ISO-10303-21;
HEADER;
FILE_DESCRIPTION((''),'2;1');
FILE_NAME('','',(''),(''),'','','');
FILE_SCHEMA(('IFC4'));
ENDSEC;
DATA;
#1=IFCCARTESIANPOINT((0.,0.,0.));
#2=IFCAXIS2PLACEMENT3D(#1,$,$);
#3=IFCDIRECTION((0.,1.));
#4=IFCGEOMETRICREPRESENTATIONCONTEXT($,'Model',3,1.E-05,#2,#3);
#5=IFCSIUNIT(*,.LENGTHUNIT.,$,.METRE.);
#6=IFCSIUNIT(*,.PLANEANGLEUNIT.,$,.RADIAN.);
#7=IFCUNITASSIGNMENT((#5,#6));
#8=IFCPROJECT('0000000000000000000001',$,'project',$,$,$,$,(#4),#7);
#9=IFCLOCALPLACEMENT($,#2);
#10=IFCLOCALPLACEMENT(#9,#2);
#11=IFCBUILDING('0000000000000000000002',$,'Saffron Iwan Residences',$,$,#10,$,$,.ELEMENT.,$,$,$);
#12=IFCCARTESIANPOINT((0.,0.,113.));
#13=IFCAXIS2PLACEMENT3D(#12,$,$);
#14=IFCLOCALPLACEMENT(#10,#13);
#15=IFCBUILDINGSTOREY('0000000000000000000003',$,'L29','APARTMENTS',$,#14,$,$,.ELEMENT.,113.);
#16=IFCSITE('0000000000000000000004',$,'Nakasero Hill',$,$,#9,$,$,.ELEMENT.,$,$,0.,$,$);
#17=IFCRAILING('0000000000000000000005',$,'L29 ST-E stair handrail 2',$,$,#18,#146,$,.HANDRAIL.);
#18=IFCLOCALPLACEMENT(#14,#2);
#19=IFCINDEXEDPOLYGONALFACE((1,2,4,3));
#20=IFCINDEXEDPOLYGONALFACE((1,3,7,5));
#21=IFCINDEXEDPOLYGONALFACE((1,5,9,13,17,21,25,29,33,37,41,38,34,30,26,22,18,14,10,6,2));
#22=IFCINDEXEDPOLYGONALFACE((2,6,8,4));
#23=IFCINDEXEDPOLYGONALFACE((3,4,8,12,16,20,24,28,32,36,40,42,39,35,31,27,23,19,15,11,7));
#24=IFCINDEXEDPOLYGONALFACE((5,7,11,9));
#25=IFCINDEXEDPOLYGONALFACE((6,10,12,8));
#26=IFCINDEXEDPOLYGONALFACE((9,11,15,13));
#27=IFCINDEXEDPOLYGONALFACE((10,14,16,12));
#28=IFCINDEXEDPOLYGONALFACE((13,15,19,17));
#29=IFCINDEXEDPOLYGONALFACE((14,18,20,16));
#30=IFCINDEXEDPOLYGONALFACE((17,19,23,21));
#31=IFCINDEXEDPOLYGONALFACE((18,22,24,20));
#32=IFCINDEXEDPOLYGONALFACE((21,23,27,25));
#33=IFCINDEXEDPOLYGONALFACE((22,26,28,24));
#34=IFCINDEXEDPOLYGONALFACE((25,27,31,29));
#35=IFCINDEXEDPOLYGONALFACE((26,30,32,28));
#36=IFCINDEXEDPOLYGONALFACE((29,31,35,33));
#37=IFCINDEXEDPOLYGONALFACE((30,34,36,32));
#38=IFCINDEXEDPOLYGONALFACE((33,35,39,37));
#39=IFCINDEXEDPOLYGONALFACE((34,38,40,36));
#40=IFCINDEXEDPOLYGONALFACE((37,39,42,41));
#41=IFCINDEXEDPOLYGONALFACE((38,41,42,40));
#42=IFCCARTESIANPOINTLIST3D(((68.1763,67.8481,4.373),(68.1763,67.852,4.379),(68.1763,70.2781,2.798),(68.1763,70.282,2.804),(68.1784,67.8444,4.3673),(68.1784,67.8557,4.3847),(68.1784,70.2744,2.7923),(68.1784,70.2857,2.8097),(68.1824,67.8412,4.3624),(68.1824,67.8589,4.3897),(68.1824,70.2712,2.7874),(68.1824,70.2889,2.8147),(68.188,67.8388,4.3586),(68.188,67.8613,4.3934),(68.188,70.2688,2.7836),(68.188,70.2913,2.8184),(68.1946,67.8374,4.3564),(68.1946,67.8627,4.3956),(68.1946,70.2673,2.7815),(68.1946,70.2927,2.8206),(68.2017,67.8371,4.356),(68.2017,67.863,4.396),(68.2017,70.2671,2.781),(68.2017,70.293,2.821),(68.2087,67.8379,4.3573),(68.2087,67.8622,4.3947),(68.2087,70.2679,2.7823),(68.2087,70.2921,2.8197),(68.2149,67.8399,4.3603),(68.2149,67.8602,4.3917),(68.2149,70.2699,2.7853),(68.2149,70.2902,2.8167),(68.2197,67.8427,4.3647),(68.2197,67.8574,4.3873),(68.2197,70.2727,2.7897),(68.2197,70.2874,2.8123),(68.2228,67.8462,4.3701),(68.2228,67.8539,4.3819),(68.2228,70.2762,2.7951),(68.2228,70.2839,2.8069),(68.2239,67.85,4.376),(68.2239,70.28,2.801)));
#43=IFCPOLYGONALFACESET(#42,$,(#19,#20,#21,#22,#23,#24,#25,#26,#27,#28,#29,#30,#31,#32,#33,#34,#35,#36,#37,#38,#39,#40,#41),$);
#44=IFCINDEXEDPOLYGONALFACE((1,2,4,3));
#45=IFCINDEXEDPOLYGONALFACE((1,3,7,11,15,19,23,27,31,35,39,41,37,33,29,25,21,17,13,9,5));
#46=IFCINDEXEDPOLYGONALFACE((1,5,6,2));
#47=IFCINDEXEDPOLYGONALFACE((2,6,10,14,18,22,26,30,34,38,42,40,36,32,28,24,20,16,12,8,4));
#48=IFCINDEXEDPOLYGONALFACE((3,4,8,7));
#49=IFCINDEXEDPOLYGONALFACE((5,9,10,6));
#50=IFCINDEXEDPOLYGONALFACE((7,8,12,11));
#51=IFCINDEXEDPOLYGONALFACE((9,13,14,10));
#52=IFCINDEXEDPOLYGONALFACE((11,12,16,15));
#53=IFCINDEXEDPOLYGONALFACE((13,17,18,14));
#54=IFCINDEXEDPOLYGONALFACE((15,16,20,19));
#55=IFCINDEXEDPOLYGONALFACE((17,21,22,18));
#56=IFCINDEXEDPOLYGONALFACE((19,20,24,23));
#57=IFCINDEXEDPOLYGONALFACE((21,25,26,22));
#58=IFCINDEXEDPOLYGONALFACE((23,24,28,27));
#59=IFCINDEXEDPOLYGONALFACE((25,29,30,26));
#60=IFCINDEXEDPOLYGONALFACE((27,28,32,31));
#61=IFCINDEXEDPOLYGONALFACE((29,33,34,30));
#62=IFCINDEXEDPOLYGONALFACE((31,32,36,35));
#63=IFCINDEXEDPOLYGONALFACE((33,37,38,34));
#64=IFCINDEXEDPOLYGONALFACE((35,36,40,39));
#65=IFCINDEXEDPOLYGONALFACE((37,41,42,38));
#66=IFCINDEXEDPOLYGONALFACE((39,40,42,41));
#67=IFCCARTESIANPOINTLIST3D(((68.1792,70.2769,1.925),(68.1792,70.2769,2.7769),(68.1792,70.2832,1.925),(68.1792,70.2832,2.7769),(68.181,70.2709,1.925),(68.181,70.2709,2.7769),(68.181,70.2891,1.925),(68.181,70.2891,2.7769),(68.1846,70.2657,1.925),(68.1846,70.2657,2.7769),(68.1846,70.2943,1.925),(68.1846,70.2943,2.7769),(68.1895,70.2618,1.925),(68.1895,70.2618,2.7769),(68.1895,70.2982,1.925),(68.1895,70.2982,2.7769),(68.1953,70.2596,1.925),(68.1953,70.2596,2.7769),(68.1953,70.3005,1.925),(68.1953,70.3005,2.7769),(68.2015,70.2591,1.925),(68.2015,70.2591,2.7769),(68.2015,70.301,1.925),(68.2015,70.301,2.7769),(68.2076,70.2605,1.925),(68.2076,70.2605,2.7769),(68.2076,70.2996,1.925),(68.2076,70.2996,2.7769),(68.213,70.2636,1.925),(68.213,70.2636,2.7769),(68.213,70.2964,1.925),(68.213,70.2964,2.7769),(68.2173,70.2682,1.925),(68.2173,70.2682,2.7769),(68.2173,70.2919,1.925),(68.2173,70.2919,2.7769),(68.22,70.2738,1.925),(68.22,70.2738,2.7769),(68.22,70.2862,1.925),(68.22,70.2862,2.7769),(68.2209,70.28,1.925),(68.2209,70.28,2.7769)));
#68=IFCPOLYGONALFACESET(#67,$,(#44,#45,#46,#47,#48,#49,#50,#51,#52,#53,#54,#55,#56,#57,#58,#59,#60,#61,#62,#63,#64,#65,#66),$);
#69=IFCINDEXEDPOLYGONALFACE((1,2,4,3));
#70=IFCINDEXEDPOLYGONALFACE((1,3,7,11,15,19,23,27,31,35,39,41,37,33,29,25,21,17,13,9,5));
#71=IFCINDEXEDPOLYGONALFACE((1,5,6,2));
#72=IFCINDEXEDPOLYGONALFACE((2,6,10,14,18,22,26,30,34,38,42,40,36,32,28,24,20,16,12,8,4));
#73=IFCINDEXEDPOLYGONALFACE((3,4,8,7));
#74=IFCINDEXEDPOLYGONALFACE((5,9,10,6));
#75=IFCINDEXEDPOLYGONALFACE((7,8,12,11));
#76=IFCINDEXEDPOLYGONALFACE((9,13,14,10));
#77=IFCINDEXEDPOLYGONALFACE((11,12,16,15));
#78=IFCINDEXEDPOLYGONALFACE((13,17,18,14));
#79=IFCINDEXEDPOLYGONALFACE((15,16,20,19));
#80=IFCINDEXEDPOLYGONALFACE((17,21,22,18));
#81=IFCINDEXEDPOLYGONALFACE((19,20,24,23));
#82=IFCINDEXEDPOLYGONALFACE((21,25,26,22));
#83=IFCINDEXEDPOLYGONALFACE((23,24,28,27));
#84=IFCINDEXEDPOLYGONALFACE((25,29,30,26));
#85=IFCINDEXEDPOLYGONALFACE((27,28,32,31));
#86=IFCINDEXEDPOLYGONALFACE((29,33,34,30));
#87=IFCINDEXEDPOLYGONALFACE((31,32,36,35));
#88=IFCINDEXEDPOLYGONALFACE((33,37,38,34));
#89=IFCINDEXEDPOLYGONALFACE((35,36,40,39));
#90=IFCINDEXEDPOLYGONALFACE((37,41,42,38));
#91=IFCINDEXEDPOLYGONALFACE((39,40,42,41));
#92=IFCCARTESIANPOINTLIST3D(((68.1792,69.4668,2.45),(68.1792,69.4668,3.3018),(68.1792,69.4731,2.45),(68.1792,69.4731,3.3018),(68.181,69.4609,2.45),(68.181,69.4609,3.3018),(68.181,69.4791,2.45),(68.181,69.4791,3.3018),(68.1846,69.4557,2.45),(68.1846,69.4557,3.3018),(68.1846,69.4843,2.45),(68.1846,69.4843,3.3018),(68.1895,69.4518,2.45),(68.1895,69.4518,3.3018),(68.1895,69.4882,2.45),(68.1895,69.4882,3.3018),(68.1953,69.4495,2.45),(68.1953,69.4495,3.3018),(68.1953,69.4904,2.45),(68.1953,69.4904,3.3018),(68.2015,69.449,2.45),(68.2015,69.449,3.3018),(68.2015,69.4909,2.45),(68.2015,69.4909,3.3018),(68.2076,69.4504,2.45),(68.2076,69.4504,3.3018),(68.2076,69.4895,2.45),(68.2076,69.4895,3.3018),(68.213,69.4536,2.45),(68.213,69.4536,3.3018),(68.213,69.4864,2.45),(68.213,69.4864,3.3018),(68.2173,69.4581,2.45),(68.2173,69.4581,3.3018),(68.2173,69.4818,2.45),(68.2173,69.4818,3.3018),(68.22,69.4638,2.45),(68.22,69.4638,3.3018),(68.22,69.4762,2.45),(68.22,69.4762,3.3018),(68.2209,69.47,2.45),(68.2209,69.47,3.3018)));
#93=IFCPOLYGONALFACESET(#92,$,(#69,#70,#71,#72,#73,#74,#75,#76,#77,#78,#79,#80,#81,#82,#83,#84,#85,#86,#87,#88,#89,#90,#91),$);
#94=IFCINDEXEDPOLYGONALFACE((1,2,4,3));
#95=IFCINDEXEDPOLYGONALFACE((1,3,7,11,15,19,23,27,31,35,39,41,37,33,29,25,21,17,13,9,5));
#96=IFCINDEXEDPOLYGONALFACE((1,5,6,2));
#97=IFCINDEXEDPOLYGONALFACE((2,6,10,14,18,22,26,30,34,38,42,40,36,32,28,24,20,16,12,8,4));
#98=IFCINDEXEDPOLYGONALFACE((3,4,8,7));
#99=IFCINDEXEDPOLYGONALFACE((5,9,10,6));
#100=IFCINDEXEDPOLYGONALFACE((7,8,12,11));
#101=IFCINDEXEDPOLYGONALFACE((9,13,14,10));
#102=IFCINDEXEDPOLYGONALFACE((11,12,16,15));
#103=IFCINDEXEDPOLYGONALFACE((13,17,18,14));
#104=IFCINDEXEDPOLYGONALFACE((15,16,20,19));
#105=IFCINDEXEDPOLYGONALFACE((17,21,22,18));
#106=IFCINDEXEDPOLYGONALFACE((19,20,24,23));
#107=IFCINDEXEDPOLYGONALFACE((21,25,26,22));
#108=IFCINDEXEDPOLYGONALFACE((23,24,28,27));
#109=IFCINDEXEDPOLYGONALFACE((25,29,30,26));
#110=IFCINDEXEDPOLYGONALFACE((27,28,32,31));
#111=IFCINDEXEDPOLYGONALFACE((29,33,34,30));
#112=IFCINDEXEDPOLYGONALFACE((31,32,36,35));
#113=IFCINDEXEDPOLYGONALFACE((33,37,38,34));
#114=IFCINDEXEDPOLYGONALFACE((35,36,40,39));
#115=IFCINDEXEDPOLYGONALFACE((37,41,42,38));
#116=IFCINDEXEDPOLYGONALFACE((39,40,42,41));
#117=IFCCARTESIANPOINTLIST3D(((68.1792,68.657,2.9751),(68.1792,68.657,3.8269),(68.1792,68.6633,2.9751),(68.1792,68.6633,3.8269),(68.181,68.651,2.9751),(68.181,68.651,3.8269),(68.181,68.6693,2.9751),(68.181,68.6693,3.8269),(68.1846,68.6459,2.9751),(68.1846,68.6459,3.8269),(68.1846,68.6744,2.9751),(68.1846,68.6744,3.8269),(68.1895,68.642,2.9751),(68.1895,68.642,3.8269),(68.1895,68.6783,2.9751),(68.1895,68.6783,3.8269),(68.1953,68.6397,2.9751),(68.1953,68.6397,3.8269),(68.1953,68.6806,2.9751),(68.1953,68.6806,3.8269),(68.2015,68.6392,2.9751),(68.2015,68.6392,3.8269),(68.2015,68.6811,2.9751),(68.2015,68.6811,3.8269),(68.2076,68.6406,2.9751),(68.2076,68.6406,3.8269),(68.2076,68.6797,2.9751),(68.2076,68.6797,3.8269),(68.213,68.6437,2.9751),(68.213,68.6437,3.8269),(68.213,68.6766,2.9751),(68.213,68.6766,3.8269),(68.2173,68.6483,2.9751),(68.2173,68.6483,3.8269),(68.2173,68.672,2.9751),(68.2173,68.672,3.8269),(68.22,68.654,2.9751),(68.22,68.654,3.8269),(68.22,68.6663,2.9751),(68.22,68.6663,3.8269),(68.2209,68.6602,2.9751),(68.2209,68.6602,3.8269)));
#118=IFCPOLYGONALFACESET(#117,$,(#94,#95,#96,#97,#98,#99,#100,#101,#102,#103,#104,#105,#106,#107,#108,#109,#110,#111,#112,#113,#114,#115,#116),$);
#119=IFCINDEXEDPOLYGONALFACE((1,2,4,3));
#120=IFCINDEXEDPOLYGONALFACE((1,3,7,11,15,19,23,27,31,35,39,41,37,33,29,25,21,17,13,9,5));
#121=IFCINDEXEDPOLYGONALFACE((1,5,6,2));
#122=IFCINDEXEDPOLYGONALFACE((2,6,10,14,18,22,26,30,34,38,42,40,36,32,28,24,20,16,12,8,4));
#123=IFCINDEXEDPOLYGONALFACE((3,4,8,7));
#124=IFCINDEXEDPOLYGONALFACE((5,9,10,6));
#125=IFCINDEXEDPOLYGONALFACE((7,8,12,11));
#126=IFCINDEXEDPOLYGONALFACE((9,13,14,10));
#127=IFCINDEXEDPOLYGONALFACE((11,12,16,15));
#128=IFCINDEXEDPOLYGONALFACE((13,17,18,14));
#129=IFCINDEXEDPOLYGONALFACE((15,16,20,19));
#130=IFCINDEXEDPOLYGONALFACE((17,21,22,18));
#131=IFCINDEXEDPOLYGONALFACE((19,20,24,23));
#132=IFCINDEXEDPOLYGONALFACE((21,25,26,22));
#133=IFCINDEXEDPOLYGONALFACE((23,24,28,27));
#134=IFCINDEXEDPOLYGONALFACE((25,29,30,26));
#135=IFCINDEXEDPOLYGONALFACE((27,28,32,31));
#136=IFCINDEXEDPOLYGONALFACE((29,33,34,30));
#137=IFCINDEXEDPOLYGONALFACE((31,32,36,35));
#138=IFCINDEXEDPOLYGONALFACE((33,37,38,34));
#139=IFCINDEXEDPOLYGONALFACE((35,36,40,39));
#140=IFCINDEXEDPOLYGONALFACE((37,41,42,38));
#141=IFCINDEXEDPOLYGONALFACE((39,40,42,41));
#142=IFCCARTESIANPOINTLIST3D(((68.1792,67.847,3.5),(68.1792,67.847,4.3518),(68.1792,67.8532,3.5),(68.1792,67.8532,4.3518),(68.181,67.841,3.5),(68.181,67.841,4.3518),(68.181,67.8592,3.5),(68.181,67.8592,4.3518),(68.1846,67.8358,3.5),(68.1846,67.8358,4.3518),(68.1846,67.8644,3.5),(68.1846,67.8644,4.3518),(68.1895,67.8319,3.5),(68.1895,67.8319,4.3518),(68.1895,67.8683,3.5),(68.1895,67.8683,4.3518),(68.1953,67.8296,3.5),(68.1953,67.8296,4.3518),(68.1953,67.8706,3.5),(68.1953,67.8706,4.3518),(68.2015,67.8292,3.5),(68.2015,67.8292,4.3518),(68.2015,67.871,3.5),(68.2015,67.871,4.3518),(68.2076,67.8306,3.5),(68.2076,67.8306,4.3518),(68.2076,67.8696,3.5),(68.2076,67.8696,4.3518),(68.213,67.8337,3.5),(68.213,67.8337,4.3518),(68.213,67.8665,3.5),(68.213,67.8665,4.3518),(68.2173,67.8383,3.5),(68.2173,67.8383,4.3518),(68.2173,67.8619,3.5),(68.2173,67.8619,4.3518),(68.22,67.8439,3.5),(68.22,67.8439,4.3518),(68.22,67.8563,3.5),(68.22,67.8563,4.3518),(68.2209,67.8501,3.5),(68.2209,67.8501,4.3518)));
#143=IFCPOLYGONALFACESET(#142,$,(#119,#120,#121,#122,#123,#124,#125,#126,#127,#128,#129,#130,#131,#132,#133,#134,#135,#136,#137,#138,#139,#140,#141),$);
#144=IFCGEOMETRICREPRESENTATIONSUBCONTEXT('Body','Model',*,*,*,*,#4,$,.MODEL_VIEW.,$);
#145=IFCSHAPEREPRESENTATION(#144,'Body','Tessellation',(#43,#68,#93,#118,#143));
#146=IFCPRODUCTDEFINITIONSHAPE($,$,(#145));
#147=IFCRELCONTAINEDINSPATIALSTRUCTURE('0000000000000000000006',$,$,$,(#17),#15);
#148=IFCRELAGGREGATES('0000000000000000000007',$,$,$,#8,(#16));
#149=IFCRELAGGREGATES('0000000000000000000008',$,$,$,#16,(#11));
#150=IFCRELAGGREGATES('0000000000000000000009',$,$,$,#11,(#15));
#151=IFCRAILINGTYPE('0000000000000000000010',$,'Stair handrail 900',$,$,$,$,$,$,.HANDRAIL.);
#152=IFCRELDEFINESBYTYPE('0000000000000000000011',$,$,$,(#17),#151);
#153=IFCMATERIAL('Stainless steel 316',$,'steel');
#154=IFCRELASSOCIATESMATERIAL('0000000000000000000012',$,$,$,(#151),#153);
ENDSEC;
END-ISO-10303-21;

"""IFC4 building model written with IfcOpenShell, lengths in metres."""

from ifc_helpers import new_model, si_unit, direction, frame, origin, origin_2d, place, context, subcontext, project, spatial, circle, extrude, material, type_object, element, save


model = new_model("IFC4")

# Units and contexts
model_context = context("Model", 3, precision=1e-05, world=origin(), true_north=direction((0.0, 1.0)))
body_context = subcontext(model_context, "Body", "Model", "MODEL_VIEW")
ifc_project = project(units=[si_unit("LENGTHUNIT", "METRE"), si_unit("PLANEANGLEUNIT", "RADIAN")], contexts=[model_context])

# Site, building, storey
site_placement = place(None, origin())
site = spatial("IfcSite", under=ifc_project, at=site_placement, Name="Nakasero Hill", CompositionType="ELEMENT", RefElevation=0.0)
building_placement = place(site_placement, origin())
building = spatial("IfcBuilding", under=site, at=building_placement, Name="Saffron Iwan Residences", CompositionType="ELEMENT")
storey_placement = place(building_placement, frame((0.0, 0.0, 113.0)))
storey = spatial("IfcBuildingStorey", under=building, at=storey_placement, Name="L29", Description="APARTMENTS", CompositionType="ELEMENT", Elevation=113.0)

# Railing
ifc_material_1 = material(Name="Stainless steel 316", Category="steel")
railing_type_1 = type_object("IfcRailingType", Name="Stair handrail 900", PredefinedType="HANDRAIL", material=ifc_material_1)
railing_1_placement = place(storey_placement, frame((68.2, 70.28, 1.925)))
element("IfcRailing", 1, at=railing_1_placement, inside=storey, type_object=railing_type_1, Name="L29 ST-E stair handrail 2", PredefinedType="HANDRAIL", context=body_context, shape_type="SweptSolid", body=[
    extrude(circle(Radius=0.0239, at=origin_2d()), frame((0.0, 0.0, 0.876), z_axis=(0.0, -0.839154, 0.543894), x_axis=(1.0, 0.0, 0.0)), (0.0, 0.0, 1.0), 2.8958),
    extrude(circle(Radius=0.021, at=origin_2d()), origin(), (0.0, 0.0, 1.0), 0.8518),
    extrude(circle(Radius=0.021, at=origin_2d()), frame((0.0, -0.8101, 0.5249)), (0.0, 0.0, 1.0), 0.8518),
    extrude(circle(Radius=0.021, at=origin_2d()), frame((0.0, -1.6199, 1.05)), (0.0, 0.0, 1.0), 0.8518),
    extrude(circle(Radius=0.021, at=origin_2d()), frame((0.0, -2.4299, 1.575)), (0.0, 0.0, 1.0), 0.8518),
])

save(model, "model.ifc")
